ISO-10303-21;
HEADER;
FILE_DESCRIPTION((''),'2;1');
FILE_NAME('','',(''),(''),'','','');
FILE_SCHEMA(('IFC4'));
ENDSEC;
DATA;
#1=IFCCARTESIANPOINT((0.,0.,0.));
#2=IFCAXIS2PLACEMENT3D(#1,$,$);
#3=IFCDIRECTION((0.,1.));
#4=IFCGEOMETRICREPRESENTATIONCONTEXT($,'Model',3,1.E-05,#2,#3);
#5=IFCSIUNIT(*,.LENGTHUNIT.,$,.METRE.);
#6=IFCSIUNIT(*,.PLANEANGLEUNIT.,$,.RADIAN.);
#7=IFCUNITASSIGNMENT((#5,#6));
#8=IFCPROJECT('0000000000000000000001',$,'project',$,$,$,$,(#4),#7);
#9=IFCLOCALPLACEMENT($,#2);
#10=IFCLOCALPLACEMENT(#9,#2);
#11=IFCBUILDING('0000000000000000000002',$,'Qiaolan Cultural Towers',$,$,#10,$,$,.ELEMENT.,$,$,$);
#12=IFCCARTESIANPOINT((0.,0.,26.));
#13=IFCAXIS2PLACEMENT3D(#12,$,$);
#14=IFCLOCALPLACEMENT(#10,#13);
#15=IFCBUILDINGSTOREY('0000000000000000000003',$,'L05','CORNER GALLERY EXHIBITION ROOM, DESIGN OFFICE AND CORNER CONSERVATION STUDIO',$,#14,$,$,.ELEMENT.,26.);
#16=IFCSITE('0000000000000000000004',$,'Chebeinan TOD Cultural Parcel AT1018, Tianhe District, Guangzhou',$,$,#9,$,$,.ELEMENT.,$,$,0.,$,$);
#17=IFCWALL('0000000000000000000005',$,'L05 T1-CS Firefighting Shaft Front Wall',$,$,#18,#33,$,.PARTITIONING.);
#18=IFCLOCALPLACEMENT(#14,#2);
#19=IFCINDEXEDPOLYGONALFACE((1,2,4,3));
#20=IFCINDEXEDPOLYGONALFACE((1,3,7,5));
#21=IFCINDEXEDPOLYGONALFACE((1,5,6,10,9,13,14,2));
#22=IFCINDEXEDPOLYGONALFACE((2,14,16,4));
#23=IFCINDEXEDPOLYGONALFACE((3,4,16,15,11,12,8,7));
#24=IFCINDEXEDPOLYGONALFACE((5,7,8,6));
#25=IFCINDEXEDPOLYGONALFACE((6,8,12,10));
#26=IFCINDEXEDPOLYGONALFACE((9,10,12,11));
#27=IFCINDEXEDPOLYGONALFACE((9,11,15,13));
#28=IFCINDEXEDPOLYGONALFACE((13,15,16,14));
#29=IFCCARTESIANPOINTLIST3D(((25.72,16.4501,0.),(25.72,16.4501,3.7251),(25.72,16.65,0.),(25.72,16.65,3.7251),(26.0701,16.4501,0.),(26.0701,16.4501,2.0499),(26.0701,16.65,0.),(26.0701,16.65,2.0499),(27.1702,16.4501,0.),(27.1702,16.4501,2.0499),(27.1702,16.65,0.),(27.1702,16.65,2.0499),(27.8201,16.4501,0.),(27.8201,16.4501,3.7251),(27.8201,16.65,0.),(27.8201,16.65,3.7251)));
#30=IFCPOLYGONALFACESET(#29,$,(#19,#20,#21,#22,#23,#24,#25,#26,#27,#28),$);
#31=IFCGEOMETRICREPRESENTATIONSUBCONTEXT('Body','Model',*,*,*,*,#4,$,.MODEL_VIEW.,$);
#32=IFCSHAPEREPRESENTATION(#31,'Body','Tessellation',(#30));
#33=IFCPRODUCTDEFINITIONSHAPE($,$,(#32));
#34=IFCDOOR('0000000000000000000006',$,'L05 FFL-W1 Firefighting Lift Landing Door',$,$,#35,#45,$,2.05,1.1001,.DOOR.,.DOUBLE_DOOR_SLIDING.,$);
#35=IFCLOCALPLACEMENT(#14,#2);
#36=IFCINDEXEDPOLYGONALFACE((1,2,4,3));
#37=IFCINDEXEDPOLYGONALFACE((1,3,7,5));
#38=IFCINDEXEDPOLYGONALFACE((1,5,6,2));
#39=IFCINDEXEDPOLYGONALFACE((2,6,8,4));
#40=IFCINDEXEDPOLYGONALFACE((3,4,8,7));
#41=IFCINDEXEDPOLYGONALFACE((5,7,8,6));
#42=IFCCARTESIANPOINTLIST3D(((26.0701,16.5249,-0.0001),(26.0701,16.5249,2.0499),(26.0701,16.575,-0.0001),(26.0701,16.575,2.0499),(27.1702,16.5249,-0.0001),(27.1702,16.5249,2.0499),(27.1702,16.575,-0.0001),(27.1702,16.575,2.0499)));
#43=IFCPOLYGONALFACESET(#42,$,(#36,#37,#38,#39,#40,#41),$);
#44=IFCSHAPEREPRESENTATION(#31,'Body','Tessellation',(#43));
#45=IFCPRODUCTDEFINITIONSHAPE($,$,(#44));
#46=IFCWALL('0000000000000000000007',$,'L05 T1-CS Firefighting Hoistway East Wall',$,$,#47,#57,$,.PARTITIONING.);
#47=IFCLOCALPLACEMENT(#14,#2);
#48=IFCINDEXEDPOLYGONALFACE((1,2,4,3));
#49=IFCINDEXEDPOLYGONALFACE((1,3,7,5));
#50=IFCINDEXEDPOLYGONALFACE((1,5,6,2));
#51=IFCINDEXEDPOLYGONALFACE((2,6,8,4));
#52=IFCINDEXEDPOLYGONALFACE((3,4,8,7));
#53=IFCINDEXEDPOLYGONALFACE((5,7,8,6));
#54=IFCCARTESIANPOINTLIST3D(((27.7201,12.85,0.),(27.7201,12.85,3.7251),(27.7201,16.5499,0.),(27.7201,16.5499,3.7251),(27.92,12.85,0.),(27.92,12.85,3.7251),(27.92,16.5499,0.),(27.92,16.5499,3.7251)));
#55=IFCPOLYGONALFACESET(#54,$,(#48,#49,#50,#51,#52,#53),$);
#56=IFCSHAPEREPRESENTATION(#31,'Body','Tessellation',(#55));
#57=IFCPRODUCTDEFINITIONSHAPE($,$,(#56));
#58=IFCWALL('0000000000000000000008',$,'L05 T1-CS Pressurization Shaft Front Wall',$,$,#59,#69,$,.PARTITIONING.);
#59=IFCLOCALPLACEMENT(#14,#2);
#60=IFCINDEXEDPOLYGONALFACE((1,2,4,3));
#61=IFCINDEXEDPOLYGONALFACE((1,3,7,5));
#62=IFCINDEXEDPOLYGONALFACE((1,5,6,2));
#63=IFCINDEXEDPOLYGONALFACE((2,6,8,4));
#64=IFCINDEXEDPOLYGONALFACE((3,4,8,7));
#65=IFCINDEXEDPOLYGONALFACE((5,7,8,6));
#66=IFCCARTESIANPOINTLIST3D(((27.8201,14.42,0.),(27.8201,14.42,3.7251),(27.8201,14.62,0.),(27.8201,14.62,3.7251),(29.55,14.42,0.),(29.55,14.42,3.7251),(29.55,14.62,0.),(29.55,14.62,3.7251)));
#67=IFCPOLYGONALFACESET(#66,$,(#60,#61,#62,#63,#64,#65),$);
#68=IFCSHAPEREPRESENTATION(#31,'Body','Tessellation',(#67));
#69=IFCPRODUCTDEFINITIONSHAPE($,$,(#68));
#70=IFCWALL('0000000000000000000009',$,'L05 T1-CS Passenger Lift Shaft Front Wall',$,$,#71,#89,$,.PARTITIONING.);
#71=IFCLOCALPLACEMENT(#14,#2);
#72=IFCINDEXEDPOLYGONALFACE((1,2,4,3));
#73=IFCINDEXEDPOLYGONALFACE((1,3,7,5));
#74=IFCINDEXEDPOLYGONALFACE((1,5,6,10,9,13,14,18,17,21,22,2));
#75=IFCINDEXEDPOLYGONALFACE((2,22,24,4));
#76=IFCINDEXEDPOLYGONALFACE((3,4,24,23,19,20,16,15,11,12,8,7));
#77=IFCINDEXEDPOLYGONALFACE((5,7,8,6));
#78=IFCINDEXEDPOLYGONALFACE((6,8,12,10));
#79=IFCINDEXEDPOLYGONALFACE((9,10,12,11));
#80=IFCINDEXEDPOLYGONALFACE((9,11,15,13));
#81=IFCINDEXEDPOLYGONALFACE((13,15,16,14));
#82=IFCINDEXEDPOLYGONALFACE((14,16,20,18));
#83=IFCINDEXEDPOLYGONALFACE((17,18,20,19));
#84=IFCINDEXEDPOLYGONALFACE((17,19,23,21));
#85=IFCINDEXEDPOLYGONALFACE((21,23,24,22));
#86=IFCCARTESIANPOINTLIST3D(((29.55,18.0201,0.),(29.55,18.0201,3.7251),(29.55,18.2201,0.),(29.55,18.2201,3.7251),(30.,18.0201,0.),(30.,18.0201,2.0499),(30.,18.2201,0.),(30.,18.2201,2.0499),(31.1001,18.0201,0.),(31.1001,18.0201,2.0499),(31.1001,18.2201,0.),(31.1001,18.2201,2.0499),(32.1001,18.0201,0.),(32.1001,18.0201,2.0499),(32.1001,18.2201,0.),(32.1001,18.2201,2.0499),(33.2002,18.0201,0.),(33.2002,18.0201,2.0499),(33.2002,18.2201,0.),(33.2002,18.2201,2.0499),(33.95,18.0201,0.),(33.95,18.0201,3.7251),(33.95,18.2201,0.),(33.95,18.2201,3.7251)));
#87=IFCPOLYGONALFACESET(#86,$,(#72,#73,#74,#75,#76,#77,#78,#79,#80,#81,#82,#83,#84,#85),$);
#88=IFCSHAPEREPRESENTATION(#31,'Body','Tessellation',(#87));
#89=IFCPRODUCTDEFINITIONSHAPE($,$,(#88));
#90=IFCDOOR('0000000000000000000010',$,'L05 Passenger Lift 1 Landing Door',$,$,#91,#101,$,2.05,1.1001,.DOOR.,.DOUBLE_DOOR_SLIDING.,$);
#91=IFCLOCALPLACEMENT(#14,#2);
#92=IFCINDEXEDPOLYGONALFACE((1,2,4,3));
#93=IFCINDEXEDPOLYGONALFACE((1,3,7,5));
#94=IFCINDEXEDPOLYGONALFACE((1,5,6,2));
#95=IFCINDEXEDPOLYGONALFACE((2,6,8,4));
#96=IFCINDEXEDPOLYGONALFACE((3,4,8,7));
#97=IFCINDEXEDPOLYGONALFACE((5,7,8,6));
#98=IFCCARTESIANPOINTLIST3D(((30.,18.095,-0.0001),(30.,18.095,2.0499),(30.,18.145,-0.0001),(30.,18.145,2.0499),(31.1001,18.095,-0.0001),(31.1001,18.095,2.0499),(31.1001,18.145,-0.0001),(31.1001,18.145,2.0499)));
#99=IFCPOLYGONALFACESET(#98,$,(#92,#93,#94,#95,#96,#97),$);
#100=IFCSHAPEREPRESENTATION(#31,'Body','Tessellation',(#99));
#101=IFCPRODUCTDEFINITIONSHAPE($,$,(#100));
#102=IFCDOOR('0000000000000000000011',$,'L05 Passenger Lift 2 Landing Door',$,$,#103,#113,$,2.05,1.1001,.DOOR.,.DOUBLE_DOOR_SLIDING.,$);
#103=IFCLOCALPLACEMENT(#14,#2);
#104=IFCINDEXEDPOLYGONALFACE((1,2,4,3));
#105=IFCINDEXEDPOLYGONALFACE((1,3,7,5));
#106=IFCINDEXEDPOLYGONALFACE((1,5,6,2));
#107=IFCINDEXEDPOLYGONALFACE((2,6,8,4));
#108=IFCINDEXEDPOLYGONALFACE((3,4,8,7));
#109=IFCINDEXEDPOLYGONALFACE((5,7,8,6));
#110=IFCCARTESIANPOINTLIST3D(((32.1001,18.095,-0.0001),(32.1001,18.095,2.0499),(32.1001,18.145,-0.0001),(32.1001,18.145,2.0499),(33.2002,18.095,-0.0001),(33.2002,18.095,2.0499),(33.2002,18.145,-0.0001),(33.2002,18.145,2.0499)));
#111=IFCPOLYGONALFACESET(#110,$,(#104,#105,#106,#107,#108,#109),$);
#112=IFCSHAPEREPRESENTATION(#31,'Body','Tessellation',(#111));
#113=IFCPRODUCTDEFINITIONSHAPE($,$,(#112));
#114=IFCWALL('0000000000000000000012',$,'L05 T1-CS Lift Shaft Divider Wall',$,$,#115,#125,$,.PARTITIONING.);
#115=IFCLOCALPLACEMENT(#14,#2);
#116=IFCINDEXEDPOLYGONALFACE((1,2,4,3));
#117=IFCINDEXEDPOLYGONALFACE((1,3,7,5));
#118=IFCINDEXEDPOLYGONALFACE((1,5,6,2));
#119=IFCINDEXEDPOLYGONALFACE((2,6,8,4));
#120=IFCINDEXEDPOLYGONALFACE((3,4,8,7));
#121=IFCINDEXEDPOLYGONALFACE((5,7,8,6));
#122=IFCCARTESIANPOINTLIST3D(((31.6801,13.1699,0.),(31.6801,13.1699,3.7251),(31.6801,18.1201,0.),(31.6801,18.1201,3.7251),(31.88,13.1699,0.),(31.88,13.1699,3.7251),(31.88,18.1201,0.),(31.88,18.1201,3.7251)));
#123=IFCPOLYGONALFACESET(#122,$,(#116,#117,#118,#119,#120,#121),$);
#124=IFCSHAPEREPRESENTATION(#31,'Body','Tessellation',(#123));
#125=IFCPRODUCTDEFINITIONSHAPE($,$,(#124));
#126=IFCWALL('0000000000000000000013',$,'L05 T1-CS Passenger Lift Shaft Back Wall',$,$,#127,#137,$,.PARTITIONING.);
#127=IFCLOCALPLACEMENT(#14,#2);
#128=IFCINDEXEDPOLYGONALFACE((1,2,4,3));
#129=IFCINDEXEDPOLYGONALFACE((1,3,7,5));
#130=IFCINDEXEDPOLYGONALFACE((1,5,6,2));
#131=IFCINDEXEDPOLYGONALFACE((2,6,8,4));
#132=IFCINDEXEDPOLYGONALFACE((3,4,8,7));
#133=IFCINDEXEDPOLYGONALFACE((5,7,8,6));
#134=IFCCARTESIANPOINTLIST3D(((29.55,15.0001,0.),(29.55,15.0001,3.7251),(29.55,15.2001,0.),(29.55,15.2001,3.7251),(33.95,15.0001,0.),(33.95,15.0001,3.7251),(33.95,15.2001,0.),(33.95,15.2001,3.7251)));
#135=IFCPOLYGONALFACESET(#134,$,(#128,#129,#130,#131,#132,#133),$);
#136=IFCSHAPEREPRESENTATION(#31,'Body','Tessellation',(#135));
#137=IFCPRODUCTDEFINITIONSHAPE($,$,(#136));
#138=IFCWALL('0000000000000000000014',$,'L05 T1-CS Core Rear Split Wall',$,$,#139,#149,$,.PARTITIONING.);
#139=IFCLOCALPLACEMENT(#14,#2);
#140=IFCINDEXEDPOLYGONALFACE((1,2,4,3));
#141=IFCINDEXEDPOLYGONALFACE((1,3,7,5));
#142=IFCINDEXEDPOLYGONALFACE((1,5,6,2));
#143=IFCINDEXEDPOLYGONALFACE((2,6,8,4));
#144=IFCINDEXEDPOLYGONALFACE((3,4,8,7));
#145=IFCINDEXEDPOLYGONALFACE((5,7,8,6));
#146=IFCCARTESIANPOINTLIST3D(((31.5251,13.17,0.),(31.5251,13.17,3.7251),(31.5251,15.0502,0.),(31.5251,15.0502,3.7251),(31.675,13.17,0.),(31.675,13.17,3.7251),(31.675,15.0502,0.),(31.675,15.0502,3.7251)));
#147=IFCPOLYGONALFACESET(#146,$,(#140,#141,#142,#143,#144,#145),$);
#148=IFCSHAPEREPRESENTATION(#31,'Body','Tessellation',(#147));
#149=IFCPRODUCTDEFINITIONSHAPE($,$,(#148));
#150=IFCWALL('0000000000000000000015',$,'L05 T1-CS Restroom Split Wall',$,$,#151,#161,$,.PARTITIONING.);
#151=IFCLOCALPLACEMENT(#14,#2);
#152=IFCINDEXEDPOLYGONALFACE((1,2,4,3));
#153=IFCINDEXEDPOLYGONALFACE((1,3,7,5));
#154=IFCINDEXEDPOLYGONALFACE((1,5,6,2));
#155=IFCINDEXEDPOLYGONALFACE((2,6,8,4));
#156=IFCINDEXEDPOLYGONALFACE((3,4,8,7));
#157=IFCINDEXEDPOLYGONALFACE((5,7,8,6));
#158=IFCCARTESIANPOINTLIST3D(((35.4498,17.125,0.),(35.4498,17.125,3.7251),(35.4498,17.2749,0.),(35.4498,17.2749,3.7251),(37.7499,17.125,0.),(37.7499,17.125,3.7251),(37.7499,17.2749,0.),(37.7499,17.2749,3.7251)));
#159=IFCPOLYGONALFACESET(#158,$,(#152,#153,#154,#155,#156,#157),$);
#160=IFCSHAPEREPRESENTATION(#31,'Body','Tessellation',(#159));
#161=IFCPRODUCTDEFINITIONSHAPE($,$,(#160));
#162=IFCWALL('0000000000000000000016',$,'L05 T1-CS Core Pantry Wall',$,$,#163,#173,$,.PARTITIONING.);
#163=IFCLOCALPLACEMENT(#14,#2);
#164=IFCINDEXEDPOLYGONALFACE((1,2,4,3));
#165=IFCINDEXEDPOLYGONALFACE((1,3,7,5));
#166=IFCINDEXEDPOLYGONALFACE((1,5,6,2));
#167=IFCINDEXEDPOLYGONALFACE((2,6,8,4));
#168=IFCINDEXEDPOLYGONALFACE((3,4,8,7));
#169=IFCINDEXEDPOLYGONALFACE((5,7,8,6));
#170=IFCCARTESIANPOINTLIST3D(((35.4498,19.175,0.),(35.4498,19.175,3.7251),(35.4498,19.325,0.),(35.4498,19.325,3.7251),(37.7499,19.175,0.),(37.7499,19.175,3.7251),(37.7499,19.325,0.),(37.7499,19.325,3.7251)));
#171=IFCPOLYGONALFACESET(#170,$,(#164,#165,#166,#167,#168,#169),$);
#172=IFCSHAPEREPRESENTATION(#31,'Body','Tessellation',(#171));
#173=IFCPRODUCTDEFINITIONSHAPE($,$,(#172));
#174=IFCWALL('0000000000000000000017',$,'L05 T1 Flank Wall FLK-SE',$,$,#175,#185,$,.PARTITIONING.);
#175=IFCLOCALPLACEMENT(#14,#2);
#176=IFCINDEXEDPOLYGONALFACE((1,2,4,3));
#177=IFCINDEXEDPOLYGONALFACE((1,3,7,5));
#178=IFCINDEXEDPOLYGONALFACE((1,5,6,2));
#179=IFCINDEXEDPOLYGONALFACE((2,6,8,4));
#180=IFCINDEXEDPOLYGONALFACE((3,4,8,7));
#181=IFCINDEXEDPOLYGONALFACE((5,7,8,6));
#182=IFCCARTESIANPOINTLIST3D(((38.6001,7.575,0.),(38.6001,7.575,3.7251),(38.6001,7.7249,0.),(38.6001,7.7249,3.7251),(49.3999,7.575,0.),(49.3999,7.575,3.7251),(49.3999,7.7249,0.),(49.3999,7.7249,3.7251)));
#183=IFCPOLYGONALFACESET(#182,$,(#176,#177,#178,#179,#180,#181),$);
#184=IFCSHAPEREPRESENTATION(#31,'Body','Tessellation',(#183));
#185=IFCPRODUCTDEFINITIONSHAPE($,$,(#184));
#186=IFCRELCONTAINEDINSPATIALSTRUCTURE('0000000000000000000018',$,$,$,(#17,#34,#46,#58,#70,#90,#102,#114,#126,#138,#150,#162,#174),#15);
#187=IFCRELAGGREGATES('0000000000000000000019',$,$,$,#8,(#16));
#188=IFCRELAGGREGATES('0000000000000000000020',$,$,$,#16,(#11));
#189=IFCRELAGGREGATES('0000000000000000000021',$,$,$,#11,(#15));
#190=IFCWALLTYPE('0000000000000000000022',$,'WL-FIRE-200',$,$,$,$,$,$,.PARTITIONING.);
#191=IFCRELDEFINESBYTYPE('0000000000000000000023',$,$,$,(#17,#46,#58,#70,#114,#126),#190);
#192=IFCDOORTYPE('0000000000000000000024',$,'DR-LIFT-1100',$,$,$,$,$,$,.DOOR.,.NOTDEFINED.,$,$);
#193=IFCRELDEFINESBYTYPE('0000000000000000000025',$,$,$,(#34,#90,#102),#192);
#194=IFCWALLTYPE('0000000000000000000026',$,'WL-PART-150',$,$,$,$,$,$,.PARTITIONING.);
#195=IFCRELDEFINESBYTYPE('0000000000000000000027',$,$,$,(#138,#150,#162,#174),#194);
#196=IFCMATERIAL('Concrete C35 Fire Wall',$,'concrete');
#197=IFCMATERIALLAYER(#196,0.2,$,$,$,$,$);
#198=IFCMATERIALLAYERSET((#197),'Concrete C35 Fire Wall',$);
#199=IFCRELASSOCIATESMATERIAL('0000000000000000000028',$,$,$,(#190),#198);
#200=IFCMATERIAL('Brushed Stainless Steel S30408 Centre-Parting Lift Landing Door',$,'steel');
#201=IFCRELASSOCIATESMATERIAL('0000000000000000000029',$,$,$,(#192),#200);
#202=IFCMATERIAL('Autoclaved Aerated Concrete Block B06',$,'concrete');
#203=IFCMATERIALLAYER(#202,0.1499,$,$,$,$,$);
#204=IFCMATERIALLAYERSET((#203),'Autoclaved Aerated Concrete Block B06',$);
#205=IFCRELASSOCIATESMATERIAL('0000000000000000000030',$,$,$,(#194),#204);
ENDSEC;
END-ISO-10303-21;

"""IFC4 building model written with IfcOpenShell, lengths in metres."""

from ifc_helpers import new_model, si_unit, direction, frame, frame_2d, origin, place, context, subcontext, project, spatial, rectangle, extrude, material, layer, layer_set, type_object, element, fill, save


model = new_model("IFC4")

# Units and contexts
model_context = context("Model", 3, precision=1e-05, world=origin(), true_north=direction((0.0, 1.0)))
body_context = subcontext(model_context, "Body", "Model", "MODEL_VIEW")
ifc_project = project(units=[si_unit("LENGTHUNIT", "METRE"), si_unit("PLANEANGLEUNIT", "RADIAN")], contexts=[model_context])

# Site, building, storey
site_placement = place(None, origin())
site = spatial("IfcSite", under=ifc_project, at=site_placement, Name="Chebeinan TOD Cultural Parcel AT1018, Tianhe District, Guangzhou", CompositionType="ELEMENT", RefElevation=0.0)
building_placement = place(site_placement, origin())
building = spatial("IfcBuilding", under=site, at=building_placement, Name="Qiaolan Cultural Towers", CompositionType="ELEMENT")
storey_placement = place(building_placement, frame((0.0, 0.0, 26.0)))
storey = spatial("IfcBuildingStorey", under=building, at=storey_placement, Name="L05", Description="CORNER GALLERY EXHIBITION ROOM, DESIGN OFFICE AND CORNER CONSERVATION STUDIO", CompositionType="ELEMENT", Elevation=26.0)

# Wall, opening, door
ifc_material_1 = material(Name="Concrete C35 Fire Wall", Category="concrete")
ifc_layer_1 = layer(ifc_material_1, 0.2)
ifc_layer_set_1 = layer_set([ifc_layer_1], Name="Concrete C35 Fire Wall")
wall_type_1 = type_object("IfcWallType", Name="WL-FIRE-200", PredefinedType="PARTITIONING", material=ifc_layer_set_1)
wall_1_placement = place(storey_placement, frame((25.72, 16.55, 0.0), z_axis=(0.0, 0.0, 1.0), x_axis=(1.0, 0.0, 0.0)))
wall_1 = element("IfcWall", 1, at=wall_1_placement, inside=storey, type_object=wall_type_1, Name="L05 T1-CS Firefighting Shaft Front Wall", PredefinedType="PARTITIONING", context=body_context, shape_type="SweptSolid", body=[
    extrude(rectangle(XDim=2.1001, YDim=0.2, at=frame_2d((1.05, 0.0))), origin(), (0.0, 0.0, 1.0), 3.7251),
])
opening_1_placement = place(wall_1_placement, frame((0.3501, 0.0, 0.0)))
opening_1 = element("IfcOpeningElement", 2, at=opening_1_placement, cuts=wall_1, PredefinedType="OPENING", context=body_context, shape_type="SweptSolid", body=[
    extrude(rectangle(XDim=1.1001, YDim=2.05, at=frame_2d((0.55, 1.0249))), frame((0.0, 0.1099, 0.0), z_axis=(0.0, -1.0, 0.0), x_axis=(1.0, 0.0, 0.0)), (0.0, 0.0, 1.0), 0.22),
])
ifc_material_2 = material(Name="Brushed Stainless Steel S30408 Centre-Parting Lift Landing Door", Category="steel")
door_type = type_object("IfcDoorType", Name="DR-LIFT-1100", OperationType="NOTDEFINED", PredefinedType="DOOR", material=ifc_material_2)
door_1_placement = place(opening_1_placement, origin())
door_1 = element("IfcDoor", 3, at=door_1_placement, inside=storey, type_object=door_type, Name="L05 FFL-W1 Firefighting Lift Landing Door", OperationType="DOUBLE_DOOR_SLIDING", OverallHeight=2.05, OverallWidth=1.1001, PredefinedType="DOOR", context=body_context, shape_type="SweptSolid", body=[
    extrude(rectangle(XDim=1.1001, YDim=2.05, at=frame_2d((0.55, 1.0249))), frame((0.0, 0.0249, 0.0), z_axis=(0.0, -1.0, 0.0), x_axis=(1.0, 0.0, 0.0)), (0.0, 0.0, 1.0), 0.05),
])
fill(opening_1, door_1)

# Walls
wall_2_placement = place(storey_placement, frame((27.8201, 16.55, 0.0), z_axis=(0.0, 0.0, 1.0), x_axis=(0.0, -1.0, 0.0)))
element("IfcWall", 4, at=wall_2_placement, inside=storey, type_object=wall_type_1, Name="L05 T1-CS Firefighting Hoistway East Wall", PredefinedType="PARTITIONING", context=body_context, shape_type="SweptSolid", body=[
    extrude(rectangle(XDim=3.7, YDim=0.2, at=frame_2d((1.8501, 0.0))), origin(), (0.0, 0.0, 1.0), 3.7251),
])
wall_3_placement = place(storey_placement, frame((27.8201, 14.52, 0.0), z_axis=(0.0, 0.0, 1.0), x_axis=(1.0, 0.0, 0.0)))
element("IfcWall", 5, at=wall_3_placement, inside=storey, type_object=wall_type_1, Name="L05 T1-CS Pressurization Shaft Front Wall", PredefinedType="PARTITIONING", context=body_context, shape_type="SweptSolid", body=[
    extrude(rectangle(XDim=1.73, YDim=0.2, at=frame_2d((0.865, 0.0))), origin(), (0.0, 0.0, 1.0), 3.7251),
])

# Wall, openings, doors
wall_4_placement = place(storey_placement, frame((29.55, 18.1201, 0.0), z_axis=(0.0, 0.0, 1.0), x_axis=(1.0, 0.0, 0.0)))
wall_4 = element("IfcWall", 6, at=wall_4_placement, inside=storey, type_object=wall_type_1, Name="L05 T1-CS Passenger Lift Shaft Front Wall", PredefinedType="PARTITIONING", context=body_context, shape_type="SweptSolid", body=[
    extrude(rectangle(XDim=4.3999, YDim=0.2, at=frame_2d((2.2, 0.0))), origin(), (0.0, 0.0, 1.0), 3.7251),
])
opening_2_placement = place(wall_4_placement, frame((0.45, 0.0, 0.0)))
opening_2 = element("IfcOpeningElement", 7, at=opening_2_placement, cuts=wall_4, PredefinedType="OPENING", context=body_context, shape_type="SweptSolid", body=[
    extrude(rectangle(XDim=1.1001, YDim=2.05, at=frame_2d((0.55, 1.0249))), frame((0.0, 0.1099, 0.0), z_axis=(0.0, -1.0, 0.0), x_axis=(1.0, 0.0, 0.0)), (0.0, 0.0, 1.0), 0.22),
])
opening_3_placement = place(wall_4_placement, frame((2.55, 0.0, 0.0)))
opening_3 = element("IfcOpeningElement", 8, at=opening_3_placement, cuts=wall_4, PredefinedType="OPENING", context=body_context, shape_type="SweptSolid", body=[
    extrude(rectangle(XDim=1.1001, YDim=2.05, at=frame_2d((0.55, 1.0249))), frame((0.0, 0.1099, 0.0), z_axis=(0.0, -1.0, 0.0), x_axis=(1.0, 0.0, 0.0)), (0.0, 0.0, 1.0), 0.22),
])
door_2_placement = place(opening_2_placement, origin())
door_2 = element("IfcDoor", 9, at=door_2_placement, inside=storey, type_object=door_type, Name="L05 Passenger Lift 1 Landing Door", OperationType="DOUBLE_DOOR_SLIDING", OverallHeight=2.05, OverallWidth=1.1001, PredefinedType="DOOR", context=body_context, shape_type="SweptSolid", body=[
    extrude(rectangle(XDim=1.1001, YDim=2.05, at=frame_2d((0.55, 1.0249))), frame((0.0, 0.0249, 0.0), z_axis=(0.0, -1.0, 0.0), x_axis=(1.0, 0.0, 0.0)), (0.0, 0.0, 1.0), 0.05),
])
fill(opening_2, door_2)
door_3_placement = place(opening_3_placement, origin())
door_3 = element("IfcDoor", 10, at=door_3_placement, inside=storey, type_object=door_type, Name="L05 Passenger Lift 2 Landing Door", OperationType="DOUBLE_DOOR_SLIDING", OverallHeight=2.05, OverallWidth=1.1001, PredefinedType="DOOR", context=body_context, shape_type="SweptSolid", body=[
    extrude(rectangle(XDim=1.1001, YDim=2.05, at=frame_2d((0.55, 1.0249))), frame((0.0, 0.0249, 0.0), z_axis=(0.0, -1.0, 0.0), x_axis=(1.0, 0.0, 0.0)), (0.0, 0.0, 1.0), 0.05),
])
fill(opening_3, door_3)

# Walls
wall_5_placement = place(storey_placement, frame((31.78, 18.1201, 0.0), z_axis=(0.0, 0.0, 1.0), x_axis=(0.0, -1.0, 0.0)))
element("IfcWall", 11, at=wall_5_placement, inside=storey, type_object=wall_type_1, Name="L05 T1-CS Lift Shaft Divider Wall", PredefinedType="PARTITIONING", context=body_context, shape_type="SweptSolid", body=[
    extrude(rectangle(XDim=4.9502, YDim=0.2, at=frame_2d((2.4751, 0.0))), origin(), (0.0, 0.0, 1.0), 3.7251),
])
wall_6_placement = place(storey_placement, frame((29.55, 15.1001, 0.0), z_axis=(0.0, 0.0, 1.0), x_axis=(1.0, 0.0, 0.0)))
element("IfcWall", 12, at=wall_6_placement, inside=storey, type_object=wall_type_1, Name="L05 T1-CS Passenger Lift Shaft Back Wall", PredefinedType="PARTITIONING", context=body_context, shape_type="SweptSolid", body=[
    extrude(rectangle(XDim=4.3999, YDim=0.2, at=frame_2d((2.2, 0.0))), origin(), (0.0, 0.0, 1.0), 3.7251),
])
ifc_material_3 = material(Name="Autoclaved Aerated Concrete Block B06", Category="concrete")
ifc_layer_2 = layer(ifc_material_3, 0.1499)
ifc_layer_set_2 = layer_set([ifc_layer_2], Name="Autoclaved Aerated Concrete Block B06")
wall_type_2 = type_object("IfcWallType", Name="WL-PART-150", PredefinedType="PARTITIONING", material=ifc_layer_set_2)
wall_7_placement = place(storey_placement, frame((31.6001, 15.05, 0.0), z_axis=(0.0, 0.0, 1.0), x_axis=(0.0, -1.0, 0.0)))
element("IfcWall", 13, at=wall_7_placement, inside=storey, type_object=wall_type_2, Name="L05 T1-CS Core Rear Split Wall", PredefinedType="PARTITIONING", context=body_context, shape_type="SweptSolid", body=[
    extrude(rectangle(XDim=1.8801, YDim=0.1499, at=frame_2d((0.9399, 0.0))), origin(), (0.0, 0.0, 1.0), 3.7251),
])
for number, where, z_axis, x_axis, name in (
    (14, (35.45, 17.2, 0.0), (0.0, 0.0, 1.0), (1.0, 0.0, 0.0), "L05 T1-CS Restroom Split Wall"),
    (15, (35.45, 19.25, 0.0), (0.0, 0.0, 1.0), (1.0, 0.0, 0.0), "L05 T1-CS Core Pantry Wall"),
):
    element("IfcWall", number, at=place(storey_placement, frame(where, z_axis=z_axis, x_axis=x_axis)), inside=storey, type_object=wall_type_2, Name=name, PredefinedType="PARTITIONING", context=body_context, shape_type="SweptSolid", body=[
        extrude(rectangle(XDim=2.3, YDim=0.1499, at=frame_2d((1.1499, 0.0))), origin(), (0.0, 0.0, 1.0), 3.7251),
    ])
wall_8_placement = place(storey_placement, frame((38.6001, 7.6499, 0.0), z_axis=(0.0, 0.0, 1.0), x_axis=(1.0, 0.0, 0.0)))
element("IfcWall", 16, at=wall_8_placement, inside=storey, type_object=wall_type_2, Name="L05 T1 Flank Wall FLK-SE", PredefinedType="PARTITIONING", context=body_context, shape_type="SweptSolid", body=[
    extrude(rectangle(XDim=10.7998, YDim=0.1499, at=frame_2d((5.3999, 0.0))), origin(), (0.0, 0.0, 1.0), 3.7251),
])

save(model, "model.ifc")
